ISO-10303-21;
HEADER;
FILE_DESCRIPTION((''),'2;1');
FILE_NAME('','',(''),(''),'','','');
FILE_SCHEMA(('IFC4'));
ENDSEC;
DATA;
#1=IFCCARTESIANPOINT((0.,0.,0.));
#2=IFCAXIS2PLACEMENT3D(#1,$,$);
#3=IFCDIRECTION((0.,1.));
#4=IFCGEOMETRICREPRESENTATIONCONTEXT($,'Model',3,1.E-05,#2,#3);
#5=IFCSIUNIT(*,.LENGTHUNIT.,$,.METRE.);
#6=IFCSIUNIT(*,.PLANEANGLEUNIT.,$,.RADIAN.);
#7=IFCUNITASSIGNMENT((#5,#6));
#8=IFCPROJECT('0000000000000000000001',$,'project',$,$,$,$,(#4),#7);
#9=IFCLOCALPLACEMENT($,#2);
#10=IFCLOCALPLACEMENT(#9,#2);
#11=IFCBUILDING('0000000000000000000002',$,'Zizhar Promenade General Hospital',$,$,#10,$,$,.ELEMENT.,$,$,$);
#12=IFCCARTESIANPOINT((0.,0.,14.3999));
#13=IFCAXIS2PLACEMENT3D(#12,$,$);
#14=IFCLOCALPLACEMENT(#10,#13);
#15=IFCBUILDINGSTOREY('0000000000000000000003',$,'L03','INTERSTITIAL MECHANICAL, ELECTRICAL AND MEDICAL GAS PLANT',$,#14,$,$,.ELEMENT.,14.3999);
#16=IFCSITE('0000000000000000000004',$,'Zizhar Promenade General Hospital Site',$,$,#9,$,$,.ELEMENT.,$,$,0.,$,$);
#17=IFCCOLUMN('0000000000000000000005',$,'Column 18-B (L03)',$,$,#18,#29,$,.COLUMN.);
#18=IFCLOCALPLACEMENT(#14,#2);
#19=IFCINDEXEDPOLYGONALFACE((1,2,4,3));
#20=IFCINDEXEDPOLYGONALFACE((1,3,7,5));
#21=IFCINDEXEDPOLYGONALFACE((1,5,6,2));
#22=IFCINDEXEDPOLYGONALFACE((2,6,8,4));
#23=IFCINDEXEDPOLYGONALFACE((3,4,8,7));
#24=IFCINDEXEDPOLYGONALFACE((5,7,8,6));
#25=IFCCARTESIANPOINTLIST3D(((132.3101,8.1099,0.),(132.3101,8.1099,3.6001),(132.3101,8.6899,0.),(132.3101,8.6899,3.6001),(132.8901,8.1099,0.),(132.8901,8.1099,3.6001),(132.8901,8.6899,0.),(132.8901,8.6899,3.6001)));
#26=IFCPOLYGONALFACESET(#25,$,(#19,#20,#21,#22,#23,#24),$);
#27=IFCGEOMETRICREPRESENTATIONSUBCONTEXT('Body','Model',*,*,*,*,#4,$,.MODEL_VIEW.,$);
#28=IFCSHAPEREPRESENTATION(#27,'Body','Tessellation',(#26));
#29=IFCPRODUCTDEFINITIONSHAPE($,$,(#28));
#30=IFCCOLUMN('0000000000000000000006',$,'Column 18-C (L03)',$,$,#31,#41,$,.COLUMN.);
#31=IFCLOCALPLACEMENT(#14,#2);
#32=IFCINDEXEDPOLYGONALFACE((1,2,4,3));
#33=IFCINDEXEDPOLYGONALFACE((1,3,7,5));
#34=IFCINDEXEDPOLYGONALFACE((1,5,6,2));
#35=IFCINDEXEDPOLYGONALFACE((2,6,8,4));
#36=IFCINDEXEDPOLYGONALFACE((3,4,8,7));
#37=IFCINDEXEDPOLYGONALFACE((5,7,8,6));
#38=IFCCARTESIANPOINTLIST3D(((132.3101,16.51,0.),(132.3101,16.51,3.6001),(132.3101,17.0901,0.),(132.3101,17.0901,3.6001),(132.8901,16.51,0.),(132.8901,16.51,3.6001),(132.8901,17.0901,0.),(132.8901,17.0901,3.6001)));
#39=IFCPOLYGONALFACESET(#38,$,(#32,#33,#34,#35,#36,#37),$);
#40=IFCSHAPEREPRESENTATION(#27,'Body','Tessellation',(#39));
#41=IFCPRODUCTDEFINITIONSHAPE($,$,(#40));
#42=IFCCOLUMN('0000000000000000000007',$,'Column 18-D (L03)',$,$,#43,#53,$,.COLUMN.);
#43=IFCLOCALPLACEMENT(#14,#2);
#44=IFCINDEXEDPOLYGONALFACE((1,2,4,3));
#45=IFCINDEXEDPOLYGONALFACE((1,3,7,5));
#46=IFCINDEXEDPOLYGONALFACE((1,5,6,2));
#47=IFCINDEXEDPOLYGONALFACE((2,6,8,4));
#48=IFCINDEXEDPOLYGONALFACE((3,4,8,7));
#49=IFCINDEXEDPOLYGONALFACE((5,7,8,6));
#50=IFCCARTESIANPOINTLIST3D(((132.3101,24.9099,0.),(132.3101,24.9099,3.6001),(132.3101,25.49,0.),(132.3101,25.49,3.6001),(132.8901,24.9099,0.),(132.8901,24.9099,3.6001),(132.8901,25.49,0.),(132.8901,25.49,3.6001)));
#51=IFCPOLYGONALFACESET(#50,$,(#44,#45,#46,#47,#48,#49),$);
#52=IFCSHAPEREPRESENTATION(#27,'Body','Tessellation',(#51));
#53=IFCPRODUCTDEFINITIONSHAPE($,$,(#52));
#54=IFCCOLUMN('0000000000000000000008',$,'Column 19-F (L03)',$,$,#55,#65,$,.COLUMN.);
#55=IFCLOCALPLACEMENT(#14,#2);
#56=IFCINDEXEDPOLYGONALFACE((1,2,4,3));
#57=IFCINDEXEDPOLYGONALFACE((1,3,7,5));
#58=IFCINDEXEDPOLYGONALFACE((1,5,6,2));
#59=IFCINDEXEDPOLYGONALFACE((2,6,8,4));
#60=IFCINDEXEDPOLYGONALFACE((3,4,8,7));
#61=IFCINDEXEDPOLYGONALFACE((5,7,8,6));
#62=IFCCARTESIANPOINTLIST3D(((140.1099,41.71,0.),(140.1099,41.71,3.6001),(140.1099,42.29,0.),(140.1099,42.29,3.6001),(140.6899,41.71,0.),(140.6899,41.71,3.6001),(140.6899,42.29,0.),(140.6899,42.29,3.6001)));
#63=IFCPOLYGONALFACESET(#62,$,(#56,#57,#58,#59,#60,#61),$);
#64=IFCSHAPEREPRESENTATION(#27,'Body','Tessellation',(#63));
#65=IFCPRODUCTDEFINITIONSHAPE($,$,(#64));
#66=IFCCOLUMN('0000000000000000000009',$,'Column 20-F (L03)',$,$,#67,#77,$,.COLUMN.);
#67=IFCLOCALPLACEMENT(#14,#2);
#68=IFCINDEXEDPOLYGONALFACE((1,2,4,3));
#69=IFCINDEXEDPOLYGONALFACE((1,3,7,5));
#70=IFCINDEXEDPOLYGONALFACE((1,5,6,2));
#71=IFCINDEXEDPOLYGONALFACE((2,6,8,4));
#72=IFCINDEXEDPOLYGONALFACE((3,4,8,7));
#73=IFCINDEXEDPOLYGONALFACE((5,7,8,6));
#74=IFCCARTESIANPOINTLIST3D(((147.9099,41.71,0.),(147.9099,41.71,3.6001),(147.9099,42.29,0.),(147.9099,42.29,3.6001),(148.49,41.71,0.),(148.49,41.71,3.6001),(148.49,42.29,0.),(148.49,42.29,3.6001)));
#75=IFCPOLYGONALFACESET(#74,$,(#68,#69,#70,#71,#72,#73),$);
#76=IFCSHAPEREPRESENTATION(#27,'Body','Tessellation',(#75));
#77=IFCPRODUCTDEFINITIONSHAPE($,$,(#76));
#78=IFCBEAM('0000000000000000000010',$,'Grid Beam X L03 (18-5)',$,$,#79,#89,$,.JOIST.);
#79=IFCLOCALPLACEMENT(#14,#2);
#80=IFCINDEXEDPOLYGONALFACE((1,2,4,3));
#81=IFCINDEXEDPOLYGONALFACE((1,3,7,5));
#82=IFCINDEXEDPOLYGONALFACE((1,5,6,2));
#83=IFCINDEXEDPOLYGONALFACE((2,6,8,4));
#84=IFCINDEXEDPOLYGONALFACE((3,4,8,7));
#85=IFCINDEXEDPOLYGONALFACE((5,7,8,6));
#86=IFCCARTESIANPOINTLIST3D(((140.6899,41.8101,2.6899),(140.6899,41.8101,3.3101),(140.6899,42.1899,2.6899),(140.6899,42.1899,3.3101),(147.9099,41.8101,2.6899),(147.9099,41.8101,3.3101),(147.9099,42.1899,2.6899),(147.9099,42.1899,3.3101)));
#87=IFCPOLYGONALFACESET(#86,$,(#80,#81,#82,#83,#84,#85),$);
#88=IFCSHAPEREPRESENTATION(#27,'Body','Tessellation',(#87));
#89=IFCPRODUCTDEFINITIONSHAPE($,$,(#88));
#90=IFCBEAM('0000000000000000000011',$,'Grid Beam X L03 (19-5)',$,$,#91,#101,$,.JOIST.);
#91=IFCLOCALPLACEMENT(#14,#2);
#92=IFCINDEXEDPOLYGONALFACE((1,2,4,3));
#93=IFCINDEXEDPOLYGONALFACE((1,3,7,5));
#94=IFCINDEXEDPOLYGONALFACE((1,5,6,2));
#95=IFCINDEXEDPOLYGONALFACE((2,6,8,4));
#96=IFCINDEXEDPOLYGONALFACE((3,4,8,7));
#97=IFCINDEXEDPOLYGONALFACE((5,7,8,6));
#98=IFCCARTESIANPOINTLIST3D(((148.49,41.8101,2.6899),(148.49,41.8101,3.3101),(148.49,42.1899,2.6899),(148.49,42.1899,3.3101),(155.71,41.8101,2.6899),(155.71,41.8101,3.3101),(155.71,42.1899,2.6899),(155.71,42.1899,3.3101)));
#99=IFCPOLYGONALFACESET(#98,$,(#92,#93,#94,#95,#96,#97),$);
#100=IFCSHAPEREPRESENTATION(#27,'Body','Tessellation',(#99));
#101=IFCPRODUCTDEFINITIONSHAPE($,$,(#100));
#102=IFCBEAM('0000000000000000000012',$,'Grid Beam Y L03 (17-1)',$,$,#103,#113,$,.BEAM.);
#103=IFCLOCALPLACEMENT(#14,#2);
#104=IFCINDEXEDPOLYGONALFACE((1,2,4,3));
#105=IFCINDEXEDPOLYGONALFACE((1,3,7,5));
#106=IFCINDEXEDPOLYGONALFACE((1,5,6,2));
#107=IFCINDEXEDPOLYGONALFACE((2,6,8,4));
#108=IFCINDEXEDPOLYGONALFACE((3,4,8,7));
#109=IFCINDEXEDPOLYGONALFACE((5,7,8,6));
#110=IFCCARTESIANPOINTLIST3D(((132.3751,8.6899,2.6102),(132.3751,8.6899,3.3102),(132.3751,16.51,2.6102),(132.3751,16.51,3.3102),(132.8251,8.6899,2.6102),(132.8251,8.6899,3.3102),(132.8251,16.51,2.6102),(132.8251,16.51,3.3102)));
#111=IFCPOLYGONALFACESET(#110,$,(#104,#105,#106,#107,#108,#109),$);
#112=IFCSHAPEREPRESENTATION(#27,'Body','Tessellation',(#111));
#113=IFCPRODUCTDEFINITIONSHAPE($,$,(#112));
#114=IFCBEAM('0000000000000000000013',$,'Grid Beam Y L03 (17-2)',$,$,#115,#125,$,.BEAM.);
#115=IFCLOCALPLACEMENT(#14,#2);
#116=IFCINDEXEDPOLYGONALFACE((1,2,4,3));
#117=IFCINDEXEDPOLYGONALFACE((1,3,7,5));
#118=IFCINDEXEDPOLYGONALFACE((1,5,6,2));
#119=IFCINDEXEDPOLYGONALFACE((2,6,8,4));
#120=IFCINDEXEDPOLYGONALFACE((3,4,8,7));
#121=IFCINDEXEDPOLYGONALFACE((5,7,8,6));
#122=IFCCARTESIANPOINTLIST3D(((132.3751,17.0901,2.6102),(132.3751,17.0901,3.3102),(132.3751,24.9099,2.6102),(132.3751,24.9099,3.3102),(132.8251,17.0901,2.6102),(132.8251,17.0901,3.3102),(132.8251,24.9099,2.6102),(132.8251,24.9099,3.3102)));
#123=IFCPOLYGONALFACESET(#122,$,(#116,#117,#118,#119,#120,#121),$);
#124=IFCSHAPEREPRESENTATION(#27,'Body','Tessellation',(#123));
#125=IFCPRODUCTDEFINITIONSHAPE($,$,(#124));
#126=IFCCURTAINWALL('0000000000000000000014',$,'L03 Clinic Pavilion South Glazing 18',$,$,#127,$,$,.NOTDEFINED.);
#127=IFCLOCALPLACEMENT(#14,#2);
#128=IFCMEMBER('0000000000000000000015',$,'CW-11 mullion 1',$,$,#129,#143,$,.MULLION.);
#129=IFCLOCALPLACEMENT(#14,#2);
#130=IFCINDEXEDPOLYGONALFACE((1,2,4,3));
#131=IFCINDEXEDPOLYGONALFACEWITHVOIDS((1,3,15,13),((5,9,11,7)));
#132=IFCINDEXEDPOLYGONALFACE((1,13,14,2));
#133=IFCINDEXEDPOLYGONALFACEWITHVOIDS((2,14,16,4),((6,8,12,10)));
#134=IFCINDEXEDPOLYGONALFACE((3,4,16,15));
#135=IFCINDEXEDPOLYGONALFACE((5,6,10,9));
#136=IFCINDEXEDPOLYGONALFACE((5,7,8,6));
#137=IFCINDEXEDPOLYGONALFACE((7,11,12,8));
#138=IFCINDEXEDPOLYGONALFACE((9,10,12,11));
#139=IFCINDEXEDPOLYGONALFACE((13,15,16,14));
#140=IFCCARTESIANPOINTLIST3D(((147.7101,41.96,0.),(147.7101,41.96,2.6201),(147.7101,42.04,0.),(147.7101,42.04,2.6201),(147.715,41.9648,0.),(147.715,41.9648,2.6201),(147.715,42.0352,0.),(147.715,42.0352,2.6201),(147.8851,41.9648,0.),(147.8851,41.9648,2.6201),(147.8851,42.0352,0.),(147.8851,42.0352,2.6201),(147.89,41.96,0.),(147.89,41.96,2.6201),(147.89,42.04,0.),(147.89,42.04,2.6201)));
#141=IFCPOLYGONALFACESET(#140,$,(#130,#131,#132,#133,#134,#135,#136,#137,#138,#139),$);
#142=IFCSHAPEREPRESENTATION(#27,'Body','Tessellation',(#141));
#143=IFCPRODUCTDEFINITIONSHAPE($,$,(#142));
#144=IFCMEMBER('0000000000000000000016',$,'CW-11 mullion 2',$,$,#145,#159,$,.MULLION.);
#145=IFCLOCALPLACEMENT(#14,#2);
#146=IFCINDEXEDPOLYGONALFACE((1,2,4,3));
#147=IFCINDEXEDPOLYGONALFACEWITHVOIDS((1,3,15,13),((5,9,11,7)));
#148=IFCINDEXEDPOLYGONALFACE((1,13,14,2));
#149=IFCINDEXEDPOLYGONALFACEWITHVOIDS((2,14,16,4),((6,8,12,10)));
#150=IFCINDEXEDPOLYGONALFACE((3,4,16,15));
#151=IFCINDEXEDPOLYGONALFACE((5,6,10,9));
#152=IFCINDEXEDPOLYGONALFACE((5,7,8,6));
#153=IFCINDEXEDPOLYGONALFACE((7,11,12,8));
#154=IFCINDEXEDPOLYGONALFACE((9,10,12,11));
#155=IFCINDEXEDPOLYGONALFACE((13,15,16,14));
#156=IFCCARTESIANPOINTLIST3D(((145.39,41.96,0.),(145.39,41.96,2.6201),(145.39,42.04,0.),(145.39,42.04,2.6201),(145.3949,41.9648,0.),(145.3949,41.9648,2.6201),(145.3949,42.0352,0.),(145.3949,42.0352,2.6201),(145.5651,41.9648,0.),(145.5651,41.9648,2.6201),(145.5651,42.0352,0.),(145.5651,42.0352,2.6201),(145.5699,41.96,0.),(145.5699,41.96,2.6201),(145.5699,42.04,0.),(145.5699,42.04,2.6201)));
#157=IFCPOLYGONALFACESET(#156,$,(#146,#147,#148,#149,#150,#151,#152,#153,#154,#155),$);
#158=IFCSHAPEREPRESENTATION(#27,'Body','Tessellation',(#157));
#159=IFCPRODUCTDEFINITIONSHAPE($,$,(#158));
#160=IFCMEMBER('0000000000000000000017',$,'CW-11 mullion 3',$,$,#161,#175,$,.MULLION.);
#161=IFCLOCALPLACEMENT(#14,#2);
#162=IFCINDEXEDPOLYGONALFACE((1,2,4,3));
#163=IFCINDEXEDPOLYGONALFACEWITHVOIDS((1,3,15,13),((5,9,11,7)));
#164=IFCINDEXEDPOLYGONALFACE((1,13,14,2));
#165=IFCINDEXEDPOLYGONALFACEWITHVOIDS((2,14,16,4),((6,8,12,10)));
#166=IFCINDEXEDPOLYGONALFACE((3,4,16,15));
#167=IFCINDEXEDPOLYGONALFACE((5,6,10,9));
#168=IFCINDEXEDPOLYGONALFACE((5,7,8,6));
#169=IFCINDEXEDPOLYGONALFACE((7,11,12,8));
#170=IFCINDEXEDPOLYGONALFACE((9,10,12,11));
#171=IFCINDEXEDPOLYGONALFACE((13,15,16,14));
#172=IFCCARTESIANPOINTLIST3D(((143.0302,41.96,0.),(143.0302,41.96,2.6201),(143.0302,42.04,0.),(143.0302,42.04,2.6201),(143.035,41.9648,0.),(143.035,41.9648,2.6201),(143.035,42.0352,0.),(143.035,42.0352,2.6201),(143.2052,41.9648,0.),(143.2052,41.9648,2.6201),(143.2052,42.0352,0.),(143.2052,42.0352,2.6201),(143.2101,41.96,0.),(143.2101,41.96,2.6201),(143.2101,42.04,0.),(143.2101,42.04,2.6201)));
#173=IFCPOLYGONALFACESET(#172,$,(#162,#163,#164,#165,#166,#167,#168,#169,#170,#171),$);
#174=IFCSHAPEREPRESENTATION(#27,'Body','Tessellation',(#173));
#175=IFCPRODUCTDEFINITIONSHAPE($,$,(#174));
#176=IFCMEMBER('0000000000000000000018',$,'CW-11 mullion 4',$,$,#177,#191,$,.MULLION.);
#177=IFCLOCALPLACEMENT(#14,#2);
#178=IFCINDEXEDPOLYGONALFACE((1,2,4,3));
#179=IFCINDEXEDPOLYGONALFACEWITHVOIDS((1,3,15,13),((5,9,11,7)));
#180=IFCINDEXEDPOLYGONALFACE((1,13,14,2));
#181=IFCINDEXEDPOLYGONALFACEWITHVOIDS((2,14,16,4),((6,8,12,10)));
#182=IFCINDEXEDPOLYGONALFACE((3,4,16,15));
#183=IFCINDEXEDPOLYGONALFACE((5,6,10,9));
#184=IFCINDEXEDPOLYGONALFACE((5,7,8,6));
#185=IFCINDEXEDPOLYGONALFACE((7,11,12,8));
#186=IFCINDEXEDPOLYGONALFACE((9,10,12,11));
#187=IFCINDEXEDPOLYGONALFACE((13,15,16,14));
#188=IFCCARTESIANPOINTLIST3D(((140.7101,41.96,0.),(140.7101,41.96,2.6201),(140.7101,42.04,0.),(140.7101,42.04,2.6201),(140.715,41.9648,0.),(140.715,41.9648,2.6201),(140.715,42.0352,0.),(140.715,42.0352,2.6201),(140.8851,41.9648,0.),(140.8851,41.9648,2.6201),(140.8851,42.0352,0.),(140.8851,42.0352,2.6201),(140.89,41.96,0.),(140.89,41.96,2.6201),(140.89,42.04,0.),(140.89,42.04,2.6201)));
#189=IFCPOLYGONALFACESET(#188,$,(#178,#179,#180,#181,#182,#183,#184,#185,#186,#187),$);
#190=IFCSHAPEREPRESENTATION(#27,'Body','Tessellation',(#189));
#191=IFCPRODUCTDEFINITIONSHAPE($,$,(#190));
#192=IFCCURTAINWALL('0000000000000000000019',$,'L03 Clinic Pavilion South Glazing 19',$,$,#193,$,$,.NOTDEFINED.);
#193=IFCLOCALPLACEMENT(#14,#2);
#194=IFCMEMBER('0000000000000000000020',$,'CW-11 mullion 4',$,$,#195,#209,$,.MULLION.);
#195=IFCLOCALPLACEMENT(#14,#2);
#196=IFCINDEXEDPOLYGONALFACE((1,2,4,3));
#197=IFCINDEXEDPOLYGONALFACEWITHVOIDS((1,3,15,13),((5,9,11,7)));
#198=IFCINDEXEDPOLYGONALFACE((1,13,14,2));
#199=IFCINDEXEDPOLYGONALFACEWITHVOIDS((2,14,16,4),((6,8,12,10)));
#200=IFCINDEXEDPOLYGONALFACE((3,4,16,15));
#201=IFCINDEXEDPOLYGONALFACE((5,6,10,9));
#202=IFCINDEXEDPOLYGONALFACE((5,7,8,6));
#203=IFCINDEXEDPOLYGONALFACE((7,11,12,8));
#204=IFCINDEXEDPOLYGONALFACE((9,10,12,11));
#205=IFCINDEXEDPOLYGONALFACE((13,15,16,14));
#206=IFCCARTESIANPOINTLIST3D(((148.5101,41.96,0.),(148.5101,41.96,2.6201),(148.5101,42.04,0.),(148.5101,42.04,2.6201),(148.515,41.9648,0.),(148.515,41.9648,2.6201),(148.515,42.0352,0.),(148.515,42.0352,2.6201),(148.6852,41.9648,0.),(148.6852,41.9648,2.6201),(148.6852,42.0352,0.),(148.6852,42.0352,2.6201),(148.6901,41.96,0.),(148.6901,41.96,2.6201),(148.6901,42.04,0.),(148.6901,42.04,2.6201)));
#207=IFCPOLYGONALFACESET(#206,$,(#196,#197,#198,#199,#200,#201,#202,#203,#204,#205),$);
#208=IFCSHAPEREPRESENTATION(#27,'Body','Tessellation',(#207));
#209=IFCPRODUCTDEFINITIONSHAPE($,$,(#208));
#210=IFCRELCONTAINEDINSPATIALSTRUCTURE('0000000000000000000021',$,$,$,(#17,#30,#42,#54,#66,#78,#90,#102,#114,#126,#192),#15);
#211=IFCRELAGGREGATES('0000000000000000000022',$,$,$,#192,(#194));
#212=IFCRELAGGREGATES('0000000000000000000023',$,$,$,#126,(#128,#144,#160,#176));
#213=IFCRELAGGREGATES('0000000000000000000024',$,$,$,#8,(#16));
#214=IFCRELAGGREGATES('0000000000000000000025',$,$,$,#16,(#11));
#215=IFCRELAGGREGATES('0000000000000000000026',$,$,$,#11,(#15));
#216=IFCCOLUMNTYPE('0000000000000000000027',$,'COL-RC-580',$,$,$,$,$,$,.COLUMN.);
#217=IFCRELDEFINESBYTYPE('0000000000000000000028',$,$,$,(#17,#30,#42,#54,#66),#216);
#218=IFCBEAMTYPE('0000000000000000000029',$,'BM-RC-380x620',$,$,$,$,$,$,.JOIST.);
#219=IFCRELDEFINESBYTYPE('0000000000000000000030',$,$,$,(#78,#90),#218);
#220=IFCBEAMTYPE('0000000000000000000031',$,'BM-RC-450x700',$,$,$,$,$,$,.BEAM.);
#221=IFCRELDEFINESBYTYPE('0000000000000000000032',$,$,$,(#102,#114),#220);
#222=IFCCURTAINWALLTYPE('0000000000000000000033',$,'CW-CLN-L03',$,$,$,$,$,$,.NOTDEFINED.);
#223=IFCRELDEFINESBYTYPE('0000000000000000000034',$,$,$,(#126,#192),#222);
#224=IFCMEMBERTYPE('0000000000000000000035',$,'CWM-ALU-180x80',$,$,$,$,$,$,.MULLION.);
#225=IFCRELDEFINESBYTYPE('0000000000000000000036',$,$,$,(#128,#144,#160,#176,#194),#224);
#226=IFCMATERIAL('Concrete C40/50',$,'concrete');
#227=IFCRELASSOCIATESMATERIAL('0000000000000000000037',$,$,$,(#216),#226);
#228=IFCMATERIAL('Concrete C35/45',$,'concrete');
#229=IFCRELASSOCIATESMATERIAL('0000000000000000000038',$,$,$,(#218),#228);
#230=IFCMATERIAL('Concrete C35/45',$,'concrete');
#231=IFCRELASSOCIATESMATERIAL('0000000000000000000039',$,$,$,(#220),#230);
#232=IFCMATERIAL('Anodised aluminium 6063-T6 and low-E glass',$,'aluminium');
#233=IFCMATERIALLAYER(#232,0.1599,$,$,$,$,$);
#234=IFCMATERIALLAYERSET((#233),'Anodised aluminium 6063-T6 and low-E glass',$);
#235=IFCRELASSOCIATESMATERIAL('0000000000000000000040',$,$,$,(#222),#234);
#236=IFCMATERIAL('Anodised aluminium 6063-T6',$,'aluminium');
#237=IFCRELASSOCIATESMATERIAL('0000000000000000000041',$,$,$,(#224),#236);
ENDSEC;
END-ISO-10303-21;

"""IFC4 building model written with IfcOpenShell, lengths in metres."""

from ifc_helpers import new_model, si_unit, direction, frame, origin, origin_2d, place, context, subcontext, project, spatial, rectangle, hollow_rectangle, extrude, material, layer, layer_set, material_profile, profile_set, type_object, element, aggregate, save


model = new_model("IFC4")

# Units and contexts
model_context = context("Model", 3, precision=1e-05, world=origin(), true_north=direction((0.0, 1.0)))
body_context = subcontext(model_context, "Body", "Model", "MODEL_VIEW")
ifc_project = project(units=[si_unit("LENGTHUNIT", "METRE"), si_unit("PLANEANGLEUNIT", "RADIAN")], contexts=[model_context])

# Site, building, storey
site_placement = place(None, origin())
site = spatial("IfcSite", under=ifc_project, at=site_placement, Name="Zizhar Promenade General Hospital Site", CompositionType="ELEMENT", RefElevation=0.0)
building_placement = place(site_placement, origin())
building = spatial("IfcBuilding", under=site, at=building_placement, Name="Zizhar Promenade General Hospital", CompositionType="ELEMENT")
storey_placement = place(building_placement, frame((0.0, 0.0, 14.3999)))
storey = spatial("IfcBuildingStorey", under=building, at=storey_placement, Name="L03", Description="INTERSTITIAL MECHANICAL, ELECTRICAL AND MEDICAL GAS PLANT", CompositionType="ELEMENT", Elevation=14.3999)

# Columns
ifc_material_1 = material(Name="Concrete C40/50", Category="concrete")
ifc_material_profile_1 = material_profile(ifc_material_1, rectangle(XDim=0.5801, YDim=0.5801, at=origin_2d()))
ifc_profile_set_1 = profile_set([ifc_material_profile_1], Name="Concrete C40/50")
column_type = type_object("IfcColumnType", Name="COL-RC-580", PredefinedType="COLUMN", material=ifc_profile_set_1)
for number, where, z_axis, x_axis, name in (
    (1, (132.6001, 8.3999, 0.0), (0.0, 0.0, 1.0), (1.0, 0.0, 0.0), "Column 18-B (L03)"),
    (2, (132.6001, 16.8, 0.0), (0.0, 0.0, 1.0), (1.0, 0.0, 0.0), "Column 18-C (L03)"),
    (3, (132.6001, 25.2, 0.0), (0.0, 0.0, 1.0), (1.0, 0.0, 0.0), "Column 18-D (L03)"),
    (4, (140.3999, 42.0, 0.0), (0.0, 0.0, 1.0), (1.0, 0.0, 0.0), "Column 19-F (L03)"),
    (5, (148.2, 42.0, 0.0), (0.0, 0.0, 1.0), (1.0, 0.0, 0.0), "Column 20-F (L03)"),
):
    element("IfcColumn", number, at=place(storey_placement, frame(where, z_axis=z_axis, x_axis=x_axis)), inside=storey, type_object=column_type, Name=name, PredefinedType="COLUMN", context=body_context, shape_type="SweptSolid", body=[
        extrude(rectangle(XDim=0.5801, YDim=0.5801, at=origin_2d()), origin(), (0.0, 0.0, 1.0), 3.6001),
    ])

# Beams
ifc_material_2 = material(Name="Concrete C35/45", Category="concrete")
ifc_material_profile_2 = material_profile(ifc_material_2, rectangle(XDim=0.3799, YDim=0.6201, at=origin_2d()))
ifc_profile_set_2 = profile_set([ifc_material_profile_2], Name="Concrete C35/45")
beam_type_1 = type_object("IfcBeamType", Name="BM-RC-380x620", PredefinedType="JOIST", material=ifc_profile_set_2)
for number, where, z_axis, x_axis, name in (
    (6, (140.6899, 42.0, 3.0), (1.0, 0.0, 0.0), (0.0, 1.0, 0.0), "Grid Beam X L03 (18-5)"),
    (7, (148.49, 42.0, 3.0), (1.0, 0.0, 0.0), (0.0, 1.0, 0.0), "Grid Beam X L03 (19-5)"),
):
    element("IfcBeam", number, at=place(storey_placement, frame(where, z_axis=z_axis, x_axis=x_axis)), inside=storey, type_object=beam_type_1, Name=name, PredefinedType="JOIST", context=body_context, shape_type="SweptSolid", body=[
        extrude(rectangle(XDim=0.3799, YDim=0.6201, at=origin_2d()), origin(), (0.0, 0.0, 1.0), 7.22),
    ])
ifc_material_3 = material(Name="Concrete C35/45", Category="concrete")
ifc_material_profile_3 = material_profile(ifc_material_3, rectangle(XDim=0.45, YDim=0.7, at=origin_2d()))
ifc_profile_set_3 = profile_set([ifc_material_profile_3], Name="Concrete C35/45")
beam_type_2 = type_object("IfcBeamType", Name="BM-RC-450x700", PredefinedType="BEAM", material=ifc_profile_set_3)
beam_1_placement = place(storey_placement, frame((132.6001, 8.6899, 2.9602), z_axis=(0.0, 1.0, 0.0), x_axis=(-1.0, 0.0, 0.0)))
element("IfcBeam", 8, at=beam_1_placement, inside=storey, type_object=beam_type_2, Name="Grid Beam Y L03 (17-1)", PredefinedType="BEAM", context=body_context, shape_type="SweptSolid", body=[
    extrude(rectangle(XDim=0.45, YDim=0.7, at=origin_2d()), origin(), (0.0, 0.0, 1.0), 7.8201),
])
beam_2_placement = place(storey_placement, frame((132.6001, 17.0901, 2.9602), z_axis=(0.0, 1.0, 0.0), x_axis=(-1.0, 0.0, 0.0)))
element("IfcBeam", 9, at=beam_2_placement, inside=storey, type_object=beam_type_2, Name="Grid Beam Y L03 (17-2)", PredefinedType="BEAM", context=body_context, shape_type="SweptSolid", body=[
    extrude(rectangle(XDim=0.45, YDim=0.7, at=origin_2d()), origin(), (0.0, 0.0, 1.0), 7.8198),
])

# Curtain wall, members
ifc_material_4 = material(Name="Anodised aluminium 6063-T6 and low-E glass", Category="aluminium")
ifc_layer_1 = layer(ifc_material_4, 0.1599)
ifc_layer_set_1 = layer_set([ifc_layer_1], Name="Anodised aluminium 6063-T6 and low-E glass")
curtain_wall_type = type_object("IfcCurtainWallType", Name="CW-CLN-L03", PredefinedType="NOTDEFINED", material=ifc_layer_set_1)
curtain_wall_1_placement = place(storey_placement, origin())
curtain_wall_1 = element("IfcCurtainWall", 10, at=curtain_wall_1_placement, inside=storey, type_object=curtain_wall_type, Name="L03 Clinic Pavilion South Glazing 18", PredefinedType="NOTDEFINED")
ifc_material_5 = material(Name="Anodised aluminium 6063-T6", Category="aluminium")
ifc_material_profile_4 = material_profile(ifc_material_5, hollow_rectangle(XDim=0.0801, YDim=0.1799, WallThickness=0.0049, at=origin_2d()))
ifc_profile_set_4 = profile_set([ifc_material_profile_4], Name="Anodised aluminium 6063-T6")
member_type_1 = type_object("IfcMemberType", Name="CWM-ALU-180x80", PredefinedType="MULLION", material=ifc_profile_set_4)
member_1_placement = place(storey_placement, frame((147.8, 42.0, 0.0), z_axis=(0.0, 0.0, 1.0), x_axis=(0.0, -1.0, 0.0)))
member_1 = element("IfcMember", 11, at=member_1_placement, type_object=member_type_1, Name="CW-11 mullion 1", PredefinedType="MULLION", context=body_context, shape_type="SweptSolid", body=[
    extrude(hollow_rectangle(XDim=0.0801, YDim=0.1799, WallThickness=0.0049, at=origin_2d()), origin(), (0.0, 0.0, 1.0), 2.6201),
])
member_2_placement = place(storey_placement, frame((145.48, 42.0, 0.0), z_axis=(0.0, 0.0, 1.0), x_axis=(0.0, -1.0, 0.0)))
member_2 = element("IfcMember", 12, at=member_2_placement, type_object=member_type_1, Name="CW-11 mullion 2", PredefinedType="MULLION", context=body_context, shape_type="SweptSolid", body=[
    extrude(hollow_rectangle(XDim=0.0801, YDim=0.1799, WallThickness=0.0049, at=origin_2d()), origin(), (0.0, 0.0, 1.0), 2.6201),
])
member_3_placement = place(storey_placement, frame((143.1201, 42.0, 0.0), z_axis=(0.0, 0.0, 1.0), x_axis=(0.0, -1.0, 0.0)))
member_3 = element("IfcMember", 13, at=member_3_placement, type_object=member_type_1, Name="CW-11 mullion 3", PredefinedType="MULLION", context=body_context, shape_type="SweptSolid", body=[
    extrude(hollow_rectangle(XDim=0.0801, YDim=0.1799, WallThickness=0.0049, at=origin_2d()), origin(), (0.0, 0.0, 1.0), 2.6201),
])
member_4_placement = place(storey_placement, frame((140.8, 42.0, 0.0), z_axis=(0.0, 0.0, 1.0), x_axis=(0.0, -1.0, 0.0)))
member_4 = element("IfcMember", 14, at=member_4_placement, type_object=member_type_1, Name="CW-11 mullion 4", PredefinedType="MULLION", context=body_context, shape_type="SweptSolid", body=[
    extrude(hollow_rectangle(XDim=0.0801, YDim=0.1799, WallThickness=0.0049, at=origin_2d()), origin(), (0.0, 0.0, 1.0), 2.6201),
])

# Curtain wall, member
curtain_wall_2_placement = place(storey_placement, origin())
curtain_wall_2 = element("IfcCurtainWall", 15, at=curtain_wall_2_placement, inside=storey, type_object=curtain_wall_type, Name="L03 Clinic Pavilion South Glazing 19", PredefinedType="NOTDEFINED")
member_5_placement = place(storey_placement, frame((148.6001, 42.0, 0.0), z_axis=(0.0, 0.0, 1.0), x_axis=(0.0, -1.0, 0.0)))
member_5 = element("IfcMember", 16, at=member_5_placement, type_object=member_type_1, Name="CW-11 mullion 4", PredefinedType="MULLION", context=body_context, shape_type="SweptSolid", body=[
    extrude(hollow_rectangle(XDim=0.0801, YDim=0.1799, WallThickness=0.0049, at=origin_2d()), origin(), (0.0, 0.0, 1.0), 2.6201),
])
aggregate(curtain_wall_2, [member_5])

aggregate(curtain_wall_1, [member_1, member_2, member_3, member_4])

save(model, "model.ifc")
